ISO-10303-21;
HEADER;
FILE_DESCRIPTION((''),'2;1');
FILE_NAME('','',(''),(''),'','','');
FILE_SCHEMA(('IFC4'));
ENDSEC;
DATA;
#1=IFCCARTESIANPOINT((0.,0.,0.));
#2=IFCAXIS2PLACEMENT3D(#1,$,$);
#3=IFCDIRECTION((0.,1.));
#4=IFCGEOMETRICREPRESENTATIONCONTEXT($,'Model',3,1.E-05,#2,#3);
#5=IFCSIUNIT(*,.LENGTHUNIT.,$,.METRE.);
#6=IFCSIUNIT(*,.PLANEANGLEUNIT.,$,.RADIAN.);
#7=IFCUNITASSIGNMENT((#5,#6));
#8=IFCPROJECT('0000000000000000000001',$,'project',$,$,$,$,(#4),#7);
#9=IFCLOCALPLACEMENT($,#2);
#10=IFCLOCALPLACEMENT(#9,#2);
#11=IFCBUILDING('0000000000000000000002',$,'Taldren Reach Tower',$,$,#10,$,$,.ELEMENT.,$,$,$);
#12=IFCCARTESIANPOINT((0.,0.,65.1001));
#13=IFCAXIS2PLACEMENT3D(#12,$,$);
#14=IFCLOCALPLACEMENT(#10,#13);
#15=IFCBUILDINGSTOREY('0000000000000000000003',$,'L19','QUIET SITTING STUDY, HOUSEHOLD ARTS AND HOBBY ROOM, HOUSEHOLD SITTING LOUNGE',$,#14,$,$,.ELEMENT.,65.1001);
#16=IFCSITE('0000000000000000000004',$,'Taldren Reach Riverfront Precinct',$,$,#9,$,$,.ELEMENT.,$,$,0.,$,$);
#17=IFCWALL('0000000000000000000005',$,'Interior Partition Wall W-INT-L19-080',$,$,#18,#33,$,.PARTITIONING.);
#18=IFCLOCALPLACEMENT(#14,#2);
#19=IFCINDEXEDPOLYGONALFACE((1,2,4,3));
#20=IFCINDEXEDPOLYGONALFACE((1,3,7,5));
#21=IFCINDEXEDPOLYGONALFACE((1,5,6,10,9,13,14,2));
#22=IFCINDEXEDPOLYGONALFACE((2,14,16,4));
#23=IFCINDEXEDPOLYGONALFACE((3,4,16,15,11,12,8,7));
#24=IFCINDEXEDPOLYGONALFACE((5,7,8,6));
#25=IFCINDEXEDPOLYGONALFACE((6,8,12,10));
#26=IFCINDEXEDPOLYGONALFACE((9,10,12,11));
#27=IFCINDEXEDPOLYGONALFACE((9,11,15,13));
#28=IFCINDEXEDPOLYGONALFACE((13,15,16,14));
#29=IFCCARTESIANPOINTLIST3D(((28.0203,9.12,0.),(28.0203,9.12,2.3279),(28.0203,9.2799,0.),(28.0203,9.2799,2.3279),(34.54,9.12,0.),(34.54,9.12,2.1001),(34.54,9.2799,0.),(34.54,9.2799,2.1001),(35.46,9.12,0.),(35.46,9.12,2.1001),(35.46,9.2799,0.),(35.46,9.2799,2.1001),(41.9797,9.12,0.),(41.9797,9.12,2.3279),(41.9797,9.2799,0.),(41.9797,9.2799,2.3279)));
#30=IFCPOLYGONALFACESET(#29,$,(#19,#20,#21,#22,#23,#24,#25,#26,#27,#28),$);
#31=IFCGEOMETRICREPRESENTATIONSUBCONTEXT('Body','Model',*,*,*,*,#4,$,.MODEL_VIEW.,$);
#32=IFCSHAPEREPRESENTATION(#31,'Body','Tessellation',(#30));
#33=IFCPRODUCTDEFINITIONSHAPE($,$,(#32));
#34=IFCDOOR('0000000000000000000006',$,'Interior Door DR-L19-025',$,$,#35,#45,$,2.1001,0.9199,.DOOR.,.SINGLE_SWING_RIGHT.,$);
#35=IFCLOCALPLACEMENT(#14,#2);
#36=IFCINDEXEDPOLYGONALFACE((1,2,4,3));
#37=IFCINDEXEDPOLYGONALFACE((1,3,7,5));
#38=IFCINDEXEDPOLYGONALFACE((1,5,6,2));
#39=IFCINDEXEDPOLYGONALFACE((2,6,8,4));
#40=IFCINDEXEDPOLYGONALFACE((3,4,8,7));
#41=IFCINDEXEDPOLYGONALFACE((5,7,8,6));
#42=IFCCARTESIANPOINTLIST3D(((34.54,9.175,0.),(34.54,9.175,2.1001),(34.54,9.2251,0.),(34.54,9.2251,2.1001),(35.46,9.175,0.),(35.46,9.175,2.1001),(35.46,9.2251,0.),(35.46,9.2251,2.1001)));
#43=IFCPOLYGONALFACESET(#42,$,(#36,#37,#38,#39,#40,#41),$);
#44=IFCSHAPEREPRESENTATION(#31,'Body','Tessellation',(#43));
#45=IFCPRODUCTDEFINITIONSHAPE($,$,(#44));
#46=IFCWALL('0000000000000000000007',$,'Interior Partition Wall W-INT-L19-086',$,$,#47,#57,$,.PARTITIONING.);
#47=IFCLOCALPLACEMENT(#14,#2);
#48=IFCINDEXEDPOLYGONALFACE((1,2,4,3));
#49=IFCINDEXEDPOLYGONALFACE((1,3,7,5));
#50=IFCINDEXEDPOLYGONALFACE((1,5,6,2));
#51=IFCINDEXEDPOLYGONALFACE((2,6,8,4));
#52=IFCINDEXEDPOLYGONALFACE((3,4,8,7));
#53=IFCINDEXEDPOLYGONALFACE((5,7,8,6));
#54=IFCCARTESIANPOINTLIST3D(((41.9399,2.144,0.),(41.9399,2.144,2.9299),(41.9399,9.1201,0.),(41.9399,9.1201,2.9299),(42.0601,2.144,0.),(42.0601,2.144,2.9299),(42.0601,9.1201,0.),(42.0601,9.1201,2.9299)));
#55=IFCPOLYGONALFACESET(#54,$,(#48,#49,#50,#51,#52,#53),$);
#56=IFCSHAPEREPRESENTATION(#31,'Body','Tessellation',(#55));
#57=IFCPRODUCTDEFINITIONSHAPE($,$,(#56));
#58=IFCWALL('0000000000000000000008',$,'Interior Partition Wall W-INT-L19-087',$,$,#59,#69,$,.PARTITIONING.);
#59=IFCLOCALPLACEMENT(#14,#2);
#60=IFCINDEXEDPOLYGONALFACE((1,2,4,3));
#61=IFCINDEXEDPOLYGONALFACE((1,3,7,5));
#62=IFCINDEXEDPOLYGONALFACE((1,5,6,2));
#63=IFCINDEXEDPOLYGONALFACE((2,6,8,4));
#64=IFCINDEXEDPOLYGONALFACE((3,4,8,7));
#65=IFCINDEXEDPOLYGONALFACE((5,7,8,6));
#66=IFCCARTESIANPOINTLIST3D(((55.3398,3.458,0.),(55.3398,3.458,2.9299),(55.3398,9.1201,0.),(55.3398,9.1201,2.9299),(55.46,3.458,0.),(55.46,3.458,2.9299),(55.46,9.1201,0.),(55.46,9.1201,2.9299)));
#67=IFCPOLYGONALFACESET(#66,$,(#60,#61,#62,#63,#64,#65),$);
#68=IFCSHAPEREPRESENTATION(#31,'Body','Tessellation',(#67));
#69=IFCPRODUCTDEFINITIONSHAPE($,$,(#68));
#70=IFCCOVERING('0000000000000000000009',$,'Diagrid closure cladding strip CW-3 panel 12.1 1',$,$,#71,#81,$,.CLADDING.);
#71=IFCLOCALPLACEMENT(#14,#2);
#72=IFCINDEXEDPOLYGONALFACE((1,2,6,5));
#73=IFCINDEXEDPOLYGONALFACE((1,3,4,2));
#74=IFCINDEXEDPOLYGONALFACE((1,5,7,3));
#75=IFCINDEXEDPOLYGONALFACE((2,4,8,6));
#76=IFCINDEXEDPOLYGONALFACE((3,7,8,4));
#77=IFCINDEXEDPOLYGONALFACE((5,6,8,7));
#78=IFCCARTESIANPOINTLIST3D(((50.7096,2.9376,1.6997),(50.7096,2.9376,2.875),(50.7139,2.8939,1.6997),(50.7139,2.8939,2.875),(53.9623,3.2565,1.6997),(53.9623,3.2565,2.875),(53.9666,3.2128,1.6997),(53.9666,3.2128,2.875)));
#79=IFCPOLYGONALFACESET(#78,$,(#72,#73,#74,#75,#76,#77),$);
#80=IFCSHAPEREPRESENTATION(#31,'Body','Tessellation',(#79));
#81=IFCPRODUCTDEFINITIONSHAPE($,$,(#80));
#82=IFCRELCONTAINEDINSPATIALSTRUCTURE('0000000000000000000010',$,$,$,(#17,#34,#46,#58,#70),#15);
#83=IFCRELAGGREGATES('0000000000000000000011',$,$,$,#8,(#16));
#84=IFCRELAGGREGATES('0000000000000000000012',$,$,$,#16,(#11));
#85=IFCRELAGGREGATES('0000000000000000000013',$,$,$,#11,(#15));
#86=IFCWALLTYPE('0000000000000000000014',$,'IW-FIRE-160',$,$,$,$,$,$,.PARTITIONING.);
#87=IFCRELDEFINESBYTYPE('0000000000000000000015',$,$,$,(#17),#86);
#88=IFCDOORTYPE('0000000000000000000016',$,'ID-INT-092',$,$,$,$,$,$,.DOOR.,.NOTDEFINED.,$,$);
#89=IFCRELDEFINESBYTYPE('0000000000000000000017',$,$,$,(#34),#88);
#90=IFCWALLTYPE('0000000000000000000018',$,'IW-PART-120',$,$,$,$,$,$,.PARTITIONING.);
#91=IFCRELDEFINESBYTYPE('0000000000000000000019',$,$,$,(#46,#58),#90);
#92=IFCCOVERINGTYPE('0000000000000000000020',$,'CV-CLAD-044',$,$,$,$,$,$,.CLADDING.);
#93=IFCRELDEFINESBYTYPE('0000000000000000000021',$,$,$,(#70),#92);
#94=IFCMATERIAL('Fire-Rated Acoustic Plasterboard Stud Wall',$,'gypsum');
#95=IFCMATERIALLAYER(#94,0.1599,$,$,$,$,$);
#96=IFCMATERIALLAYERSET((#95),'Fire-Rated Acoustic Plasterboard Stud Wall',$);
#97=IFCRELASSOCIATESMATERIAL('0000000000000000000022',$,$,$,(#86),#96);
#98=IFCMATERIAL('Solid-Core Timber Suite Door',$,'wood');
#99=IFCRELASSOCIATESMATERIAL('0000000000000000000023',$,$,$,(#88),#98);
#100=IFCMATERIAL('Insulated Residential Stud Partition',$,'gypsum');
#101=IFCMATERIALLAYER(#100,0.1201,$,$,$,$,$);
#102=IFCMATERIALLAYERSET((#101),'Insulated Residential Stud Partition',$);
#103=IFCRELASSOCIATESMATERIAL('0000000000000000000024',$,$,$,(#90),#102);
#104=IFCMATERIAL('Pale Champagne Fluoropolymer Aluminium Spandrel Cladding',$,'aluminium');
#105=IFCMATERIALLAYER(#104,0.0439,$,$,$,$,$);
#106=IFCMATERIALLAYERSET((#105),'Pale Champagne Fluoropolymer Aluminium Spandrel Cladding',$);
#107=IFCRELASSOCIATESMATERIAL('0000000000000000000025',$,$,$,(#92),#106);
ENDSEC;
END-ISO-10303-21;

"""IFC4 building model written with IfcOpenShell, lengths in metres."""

from ifc_helpers import new_model, si_unit, direction, frame, frame_2d, origin, origin_2d, place, context, subcontext, project, spatial, rectangle, extrude, source, transform, mapped, material, layer, layer_set, type_object, element, fill, save


model = new_model("IFC4")

# Units and contexts
model_context = context("Model", 3, precision=1e-05, world=origin(), true_north=direction((0.0, 1.0)))
body_context = subcontext(model_context, "Body", "Model", "MODEL_VIEW")
ifc_project = project(units=[si_unit("LENGTHUNIT", "METRE"), si_unit("PLANEANGLEUNIT", "RADIAN")], contexts=[model_context])

# Site, building, storey
site_placement = place(None, origin())
site = spatial("IfcSite", under=ifc_project, at=site_placement, Name="Taldren Reach Riverfront Precinct", CompositionType="ELEMENT", RefElevation=0.0)
building_placement = place(site_placement, origin())
building = spatial("IfcBuilding", under=site, at=building_placement, Name="Taldren Reach Tower", CompositionType="ELEMENT")
storey_placement = place(building_placement, frame((0.0, 0.0, 65.1001)))
storey = spatial("IfcBuildingStorey", under=building, at=storey_placement, Name="L19", Description="QUIET SITTING STUDY, HOUSEHOLD ARTS AND HOBBY ROOM, HOUSEHOLD SITTING LOUNGE", CompositionType="ELEMENT", Elevation=65.1001)

# Wall, opening, door
ifc_material_1 = material(Name="Fire-Rated Acoustic Plasterboard Stud Wall", Category="gypsum")
ifc_layer_1 = layer(ifc_material_1, 0.1599)
ifc_layer_set_1 = layer_set([ifc_layer_1], Name="Fire-Rated Acoustic Plasterboard Stud Wall")
wall_type_1 = type_object("IfcWallType", Name="IW-FIRE-160", PredefinedType="PARTITIONING", material=ifc_layer_set_1)
shared_shape_1 = source(origin(), body_context, "Body", "SweptSolid", [
    extrude(rectangle(XDim=0.9199, YDim=2.1001, at=frame_2d((0.46, 1.05))), frame((0.0, 0.0898, 0.0), z_axis=(0.0, -1.0, 0.0), x_axis=(1.0, 0.0, 0.0)), (0.0, 0.0, 1.0), 0.1799),
])
ifc_material_2 = material(Name="Solid-Core Timber Suite Door", Category="wood")
door_type = type_object("IfcDoorType", Name="ID-INT-092", OperationType="NOTDEFINED", PredefinedType="DOOR", material=ifc_material_2)
shared_shape_2 = source(origin(), body_context, "Body", "SweptSolid", [
    extrude(rectangle(XDim=0.9199, YDim=2.1001, at=frame_2d((0.46, 1.05))), frame((0.0, 0.0249, 0.0), z_axis=(0.0, -1.0, 0.0), x_axis=(1.0, 0.0, 0.0)), (0.0, 0.0, 1.0), 0.05),
])
shared_shape_3 = source(origin(), body_context, "Body", "SweptSolid", [
    extrude(rectangle(XDim=13.9595, YDim=0.1599, at=frame_2d((6.9797, 0.0))), origin(), (0.0, 0.0, 1.0), 2.3279),
])
wall_1_placement = place(storey_placement, frame((41.9797, 9.2, 0.0), z_axis=(0.0, 0.0, 1.0), x_axis=(-1.0, 0.0, 0.0)))
wall_1 = element("IfcWall", 1, at=wall_1_placement, inside=storey, type_object=wall_type_1, Name="Interior Partition Wall W-INT-L19-080", PredefinedType="PARTITIONING", context=body_context, shape_type="MappedRepresentation", body=[
    mapped(shared_shape_3, transform((0.0, 0.0, 0.0), scale=1.0)),
])
opening_1_placement = place(wall_1_placement, frame((6.5198, 0.0, 0.0)))
opening_1 = element("IfcOpeningElement", 2, at=opening_1_placement, cuts=wall_1, PredefinedType="OPENING", context=body_context, shape_type="MappedRepresentation", body=[
    mapped(shared_shape_1, transform((0.0, 0.0, 0.0), scale=1.0)),
])
door_1_placement = place(opening_1_placement, origin())
door_1 = element("IfcDoor", 3, at=door_1_placement, inside=storey, type_object=door_type, Name="Interior Door DR-L19-025", OperationType="SINGLE_SWING_RIGHT", OverallHeight=2.1001, OverallWidth=0.9199, PredefinedType="DOOR", context=body_context, shape_type="MappedRepresentation", body=[
    mapped(shared_shape_2, transform((0.0, 0.0, 0.0), scale=1.0)),
])
fill(opening_1, door_1)

# Walls
ifc_material_3 = material(Name="Insulated Residential Stud Partition", Category="gypsum")
ifc_layer_2 = layer(ifc_material_3, 0.1201)
ifc_layer_set_2 = layer_set([ifc_layer_2], Name="Insulated Residential Stud Partition")
wall_type_2 = type_object("IfcWallType", Name="IW-PART-120", PredefinedType="PARTITIONING", material=ifc_layer_set_2)
shared_shape_4 = source(origin(), body_context, "Body", "SweptSolid", [
    extrude(rectangle(XDim=6.9761, YDim=0.1201, at=frame_2d((3.488, 0.0))), origin(), (0.0, 0.0, 1.0), 2.9299),
])
wall_2_placement = place(storey_placement, frame((42.0, 9.1201, 0.0), z_axis=(0.0, 0.0, 1.0), x_axis=(0.0, -1.0, 0.0)))
element("IfcWall", 4, at=wall_2_placement, inside=storey, type_object=wall_type_2, Name="Interior Partition Wall W-INT-L19-086", PredefinedType="PARTITIONING", context=body_context, shape_type="MappedRepresentation", body=[
    mapped(shared_shape_4, transform((0.0, 0.0, 0.0), scale=1.0)),
])
shared_shape_5 = source(origin(), body_context, "Body", "SweptSolid", [
    extrude(rectangle(XDim=5.6621, YDim=0.1201, at=frame_2d((2.8311, 0.0))), origin(), (0.0, 0.0, 1.0), 2.9299),
])
wall_3_placement = place(storey_placement, frame((55.3999, 9.1201, 0.0), z_axis=(0.0, 0.0, 1.0), x_axis=(0.0, -1.0, 0.0)))
element("IfcWall", 5, at=wall_3_placement, inside=storey, type_object=wall_type_2, Name="Interior Partition Wall W-INT-L19-087", PredefinedType="PARTITIONING", context=body_context, shape_type="MappedRepresentation", body=[
    mapped(shared_shape_5, transform((0.0, 0.0, 0.0), scale=1.0)),
])

# Covering
ifc_material_4 = material(Name="Pale Champagne Fluoropolymer Aluminium Spandrel Cladding", Category="aluminium")
ifc_layer_3 = layer(ifc_material_4, 0.0439)
ifc_layer_set_3 = layer_set([ifc_layer_3], Name="Pale Champagne Fluoropolymer Aluminium Spandrel Cladding")
covering_type = type_object("IfcCoveringType", Name="CV-CLAD-044", PredefinedType="CLADDING", material=ifc_layer_set_3)
shared_shape_6 = source(origin(), body_context, "Body", "SweptSolid", [
    extrude(rectangle(XDim=3.2683, YDim=0.0439, at=origin_2d()), origin(), (0.0, 0.0, 1.0), 1.1753),
])
covering_placement = place(storey_placement, frame((52.3381, 3.0752, 1.6997), z_axis=(0.0, 0.0, 1.0), x_axis=(0.995227, 0.097583, 0.0)))
element("IfcCovering", 6, at=covering_placement, inside=storey, type_object=covering_type, Name="Diagrid closure cladding strip CW-3 panel 12.1 1", PredefinedType="CLADDING", context=body_context, shape_type="MappedRepresentation", body=[
    mapped(shared_shape_6, transform((0.0, 0.0, 0.0), scale=1.0)),
])

save(model, "model.ifc")
